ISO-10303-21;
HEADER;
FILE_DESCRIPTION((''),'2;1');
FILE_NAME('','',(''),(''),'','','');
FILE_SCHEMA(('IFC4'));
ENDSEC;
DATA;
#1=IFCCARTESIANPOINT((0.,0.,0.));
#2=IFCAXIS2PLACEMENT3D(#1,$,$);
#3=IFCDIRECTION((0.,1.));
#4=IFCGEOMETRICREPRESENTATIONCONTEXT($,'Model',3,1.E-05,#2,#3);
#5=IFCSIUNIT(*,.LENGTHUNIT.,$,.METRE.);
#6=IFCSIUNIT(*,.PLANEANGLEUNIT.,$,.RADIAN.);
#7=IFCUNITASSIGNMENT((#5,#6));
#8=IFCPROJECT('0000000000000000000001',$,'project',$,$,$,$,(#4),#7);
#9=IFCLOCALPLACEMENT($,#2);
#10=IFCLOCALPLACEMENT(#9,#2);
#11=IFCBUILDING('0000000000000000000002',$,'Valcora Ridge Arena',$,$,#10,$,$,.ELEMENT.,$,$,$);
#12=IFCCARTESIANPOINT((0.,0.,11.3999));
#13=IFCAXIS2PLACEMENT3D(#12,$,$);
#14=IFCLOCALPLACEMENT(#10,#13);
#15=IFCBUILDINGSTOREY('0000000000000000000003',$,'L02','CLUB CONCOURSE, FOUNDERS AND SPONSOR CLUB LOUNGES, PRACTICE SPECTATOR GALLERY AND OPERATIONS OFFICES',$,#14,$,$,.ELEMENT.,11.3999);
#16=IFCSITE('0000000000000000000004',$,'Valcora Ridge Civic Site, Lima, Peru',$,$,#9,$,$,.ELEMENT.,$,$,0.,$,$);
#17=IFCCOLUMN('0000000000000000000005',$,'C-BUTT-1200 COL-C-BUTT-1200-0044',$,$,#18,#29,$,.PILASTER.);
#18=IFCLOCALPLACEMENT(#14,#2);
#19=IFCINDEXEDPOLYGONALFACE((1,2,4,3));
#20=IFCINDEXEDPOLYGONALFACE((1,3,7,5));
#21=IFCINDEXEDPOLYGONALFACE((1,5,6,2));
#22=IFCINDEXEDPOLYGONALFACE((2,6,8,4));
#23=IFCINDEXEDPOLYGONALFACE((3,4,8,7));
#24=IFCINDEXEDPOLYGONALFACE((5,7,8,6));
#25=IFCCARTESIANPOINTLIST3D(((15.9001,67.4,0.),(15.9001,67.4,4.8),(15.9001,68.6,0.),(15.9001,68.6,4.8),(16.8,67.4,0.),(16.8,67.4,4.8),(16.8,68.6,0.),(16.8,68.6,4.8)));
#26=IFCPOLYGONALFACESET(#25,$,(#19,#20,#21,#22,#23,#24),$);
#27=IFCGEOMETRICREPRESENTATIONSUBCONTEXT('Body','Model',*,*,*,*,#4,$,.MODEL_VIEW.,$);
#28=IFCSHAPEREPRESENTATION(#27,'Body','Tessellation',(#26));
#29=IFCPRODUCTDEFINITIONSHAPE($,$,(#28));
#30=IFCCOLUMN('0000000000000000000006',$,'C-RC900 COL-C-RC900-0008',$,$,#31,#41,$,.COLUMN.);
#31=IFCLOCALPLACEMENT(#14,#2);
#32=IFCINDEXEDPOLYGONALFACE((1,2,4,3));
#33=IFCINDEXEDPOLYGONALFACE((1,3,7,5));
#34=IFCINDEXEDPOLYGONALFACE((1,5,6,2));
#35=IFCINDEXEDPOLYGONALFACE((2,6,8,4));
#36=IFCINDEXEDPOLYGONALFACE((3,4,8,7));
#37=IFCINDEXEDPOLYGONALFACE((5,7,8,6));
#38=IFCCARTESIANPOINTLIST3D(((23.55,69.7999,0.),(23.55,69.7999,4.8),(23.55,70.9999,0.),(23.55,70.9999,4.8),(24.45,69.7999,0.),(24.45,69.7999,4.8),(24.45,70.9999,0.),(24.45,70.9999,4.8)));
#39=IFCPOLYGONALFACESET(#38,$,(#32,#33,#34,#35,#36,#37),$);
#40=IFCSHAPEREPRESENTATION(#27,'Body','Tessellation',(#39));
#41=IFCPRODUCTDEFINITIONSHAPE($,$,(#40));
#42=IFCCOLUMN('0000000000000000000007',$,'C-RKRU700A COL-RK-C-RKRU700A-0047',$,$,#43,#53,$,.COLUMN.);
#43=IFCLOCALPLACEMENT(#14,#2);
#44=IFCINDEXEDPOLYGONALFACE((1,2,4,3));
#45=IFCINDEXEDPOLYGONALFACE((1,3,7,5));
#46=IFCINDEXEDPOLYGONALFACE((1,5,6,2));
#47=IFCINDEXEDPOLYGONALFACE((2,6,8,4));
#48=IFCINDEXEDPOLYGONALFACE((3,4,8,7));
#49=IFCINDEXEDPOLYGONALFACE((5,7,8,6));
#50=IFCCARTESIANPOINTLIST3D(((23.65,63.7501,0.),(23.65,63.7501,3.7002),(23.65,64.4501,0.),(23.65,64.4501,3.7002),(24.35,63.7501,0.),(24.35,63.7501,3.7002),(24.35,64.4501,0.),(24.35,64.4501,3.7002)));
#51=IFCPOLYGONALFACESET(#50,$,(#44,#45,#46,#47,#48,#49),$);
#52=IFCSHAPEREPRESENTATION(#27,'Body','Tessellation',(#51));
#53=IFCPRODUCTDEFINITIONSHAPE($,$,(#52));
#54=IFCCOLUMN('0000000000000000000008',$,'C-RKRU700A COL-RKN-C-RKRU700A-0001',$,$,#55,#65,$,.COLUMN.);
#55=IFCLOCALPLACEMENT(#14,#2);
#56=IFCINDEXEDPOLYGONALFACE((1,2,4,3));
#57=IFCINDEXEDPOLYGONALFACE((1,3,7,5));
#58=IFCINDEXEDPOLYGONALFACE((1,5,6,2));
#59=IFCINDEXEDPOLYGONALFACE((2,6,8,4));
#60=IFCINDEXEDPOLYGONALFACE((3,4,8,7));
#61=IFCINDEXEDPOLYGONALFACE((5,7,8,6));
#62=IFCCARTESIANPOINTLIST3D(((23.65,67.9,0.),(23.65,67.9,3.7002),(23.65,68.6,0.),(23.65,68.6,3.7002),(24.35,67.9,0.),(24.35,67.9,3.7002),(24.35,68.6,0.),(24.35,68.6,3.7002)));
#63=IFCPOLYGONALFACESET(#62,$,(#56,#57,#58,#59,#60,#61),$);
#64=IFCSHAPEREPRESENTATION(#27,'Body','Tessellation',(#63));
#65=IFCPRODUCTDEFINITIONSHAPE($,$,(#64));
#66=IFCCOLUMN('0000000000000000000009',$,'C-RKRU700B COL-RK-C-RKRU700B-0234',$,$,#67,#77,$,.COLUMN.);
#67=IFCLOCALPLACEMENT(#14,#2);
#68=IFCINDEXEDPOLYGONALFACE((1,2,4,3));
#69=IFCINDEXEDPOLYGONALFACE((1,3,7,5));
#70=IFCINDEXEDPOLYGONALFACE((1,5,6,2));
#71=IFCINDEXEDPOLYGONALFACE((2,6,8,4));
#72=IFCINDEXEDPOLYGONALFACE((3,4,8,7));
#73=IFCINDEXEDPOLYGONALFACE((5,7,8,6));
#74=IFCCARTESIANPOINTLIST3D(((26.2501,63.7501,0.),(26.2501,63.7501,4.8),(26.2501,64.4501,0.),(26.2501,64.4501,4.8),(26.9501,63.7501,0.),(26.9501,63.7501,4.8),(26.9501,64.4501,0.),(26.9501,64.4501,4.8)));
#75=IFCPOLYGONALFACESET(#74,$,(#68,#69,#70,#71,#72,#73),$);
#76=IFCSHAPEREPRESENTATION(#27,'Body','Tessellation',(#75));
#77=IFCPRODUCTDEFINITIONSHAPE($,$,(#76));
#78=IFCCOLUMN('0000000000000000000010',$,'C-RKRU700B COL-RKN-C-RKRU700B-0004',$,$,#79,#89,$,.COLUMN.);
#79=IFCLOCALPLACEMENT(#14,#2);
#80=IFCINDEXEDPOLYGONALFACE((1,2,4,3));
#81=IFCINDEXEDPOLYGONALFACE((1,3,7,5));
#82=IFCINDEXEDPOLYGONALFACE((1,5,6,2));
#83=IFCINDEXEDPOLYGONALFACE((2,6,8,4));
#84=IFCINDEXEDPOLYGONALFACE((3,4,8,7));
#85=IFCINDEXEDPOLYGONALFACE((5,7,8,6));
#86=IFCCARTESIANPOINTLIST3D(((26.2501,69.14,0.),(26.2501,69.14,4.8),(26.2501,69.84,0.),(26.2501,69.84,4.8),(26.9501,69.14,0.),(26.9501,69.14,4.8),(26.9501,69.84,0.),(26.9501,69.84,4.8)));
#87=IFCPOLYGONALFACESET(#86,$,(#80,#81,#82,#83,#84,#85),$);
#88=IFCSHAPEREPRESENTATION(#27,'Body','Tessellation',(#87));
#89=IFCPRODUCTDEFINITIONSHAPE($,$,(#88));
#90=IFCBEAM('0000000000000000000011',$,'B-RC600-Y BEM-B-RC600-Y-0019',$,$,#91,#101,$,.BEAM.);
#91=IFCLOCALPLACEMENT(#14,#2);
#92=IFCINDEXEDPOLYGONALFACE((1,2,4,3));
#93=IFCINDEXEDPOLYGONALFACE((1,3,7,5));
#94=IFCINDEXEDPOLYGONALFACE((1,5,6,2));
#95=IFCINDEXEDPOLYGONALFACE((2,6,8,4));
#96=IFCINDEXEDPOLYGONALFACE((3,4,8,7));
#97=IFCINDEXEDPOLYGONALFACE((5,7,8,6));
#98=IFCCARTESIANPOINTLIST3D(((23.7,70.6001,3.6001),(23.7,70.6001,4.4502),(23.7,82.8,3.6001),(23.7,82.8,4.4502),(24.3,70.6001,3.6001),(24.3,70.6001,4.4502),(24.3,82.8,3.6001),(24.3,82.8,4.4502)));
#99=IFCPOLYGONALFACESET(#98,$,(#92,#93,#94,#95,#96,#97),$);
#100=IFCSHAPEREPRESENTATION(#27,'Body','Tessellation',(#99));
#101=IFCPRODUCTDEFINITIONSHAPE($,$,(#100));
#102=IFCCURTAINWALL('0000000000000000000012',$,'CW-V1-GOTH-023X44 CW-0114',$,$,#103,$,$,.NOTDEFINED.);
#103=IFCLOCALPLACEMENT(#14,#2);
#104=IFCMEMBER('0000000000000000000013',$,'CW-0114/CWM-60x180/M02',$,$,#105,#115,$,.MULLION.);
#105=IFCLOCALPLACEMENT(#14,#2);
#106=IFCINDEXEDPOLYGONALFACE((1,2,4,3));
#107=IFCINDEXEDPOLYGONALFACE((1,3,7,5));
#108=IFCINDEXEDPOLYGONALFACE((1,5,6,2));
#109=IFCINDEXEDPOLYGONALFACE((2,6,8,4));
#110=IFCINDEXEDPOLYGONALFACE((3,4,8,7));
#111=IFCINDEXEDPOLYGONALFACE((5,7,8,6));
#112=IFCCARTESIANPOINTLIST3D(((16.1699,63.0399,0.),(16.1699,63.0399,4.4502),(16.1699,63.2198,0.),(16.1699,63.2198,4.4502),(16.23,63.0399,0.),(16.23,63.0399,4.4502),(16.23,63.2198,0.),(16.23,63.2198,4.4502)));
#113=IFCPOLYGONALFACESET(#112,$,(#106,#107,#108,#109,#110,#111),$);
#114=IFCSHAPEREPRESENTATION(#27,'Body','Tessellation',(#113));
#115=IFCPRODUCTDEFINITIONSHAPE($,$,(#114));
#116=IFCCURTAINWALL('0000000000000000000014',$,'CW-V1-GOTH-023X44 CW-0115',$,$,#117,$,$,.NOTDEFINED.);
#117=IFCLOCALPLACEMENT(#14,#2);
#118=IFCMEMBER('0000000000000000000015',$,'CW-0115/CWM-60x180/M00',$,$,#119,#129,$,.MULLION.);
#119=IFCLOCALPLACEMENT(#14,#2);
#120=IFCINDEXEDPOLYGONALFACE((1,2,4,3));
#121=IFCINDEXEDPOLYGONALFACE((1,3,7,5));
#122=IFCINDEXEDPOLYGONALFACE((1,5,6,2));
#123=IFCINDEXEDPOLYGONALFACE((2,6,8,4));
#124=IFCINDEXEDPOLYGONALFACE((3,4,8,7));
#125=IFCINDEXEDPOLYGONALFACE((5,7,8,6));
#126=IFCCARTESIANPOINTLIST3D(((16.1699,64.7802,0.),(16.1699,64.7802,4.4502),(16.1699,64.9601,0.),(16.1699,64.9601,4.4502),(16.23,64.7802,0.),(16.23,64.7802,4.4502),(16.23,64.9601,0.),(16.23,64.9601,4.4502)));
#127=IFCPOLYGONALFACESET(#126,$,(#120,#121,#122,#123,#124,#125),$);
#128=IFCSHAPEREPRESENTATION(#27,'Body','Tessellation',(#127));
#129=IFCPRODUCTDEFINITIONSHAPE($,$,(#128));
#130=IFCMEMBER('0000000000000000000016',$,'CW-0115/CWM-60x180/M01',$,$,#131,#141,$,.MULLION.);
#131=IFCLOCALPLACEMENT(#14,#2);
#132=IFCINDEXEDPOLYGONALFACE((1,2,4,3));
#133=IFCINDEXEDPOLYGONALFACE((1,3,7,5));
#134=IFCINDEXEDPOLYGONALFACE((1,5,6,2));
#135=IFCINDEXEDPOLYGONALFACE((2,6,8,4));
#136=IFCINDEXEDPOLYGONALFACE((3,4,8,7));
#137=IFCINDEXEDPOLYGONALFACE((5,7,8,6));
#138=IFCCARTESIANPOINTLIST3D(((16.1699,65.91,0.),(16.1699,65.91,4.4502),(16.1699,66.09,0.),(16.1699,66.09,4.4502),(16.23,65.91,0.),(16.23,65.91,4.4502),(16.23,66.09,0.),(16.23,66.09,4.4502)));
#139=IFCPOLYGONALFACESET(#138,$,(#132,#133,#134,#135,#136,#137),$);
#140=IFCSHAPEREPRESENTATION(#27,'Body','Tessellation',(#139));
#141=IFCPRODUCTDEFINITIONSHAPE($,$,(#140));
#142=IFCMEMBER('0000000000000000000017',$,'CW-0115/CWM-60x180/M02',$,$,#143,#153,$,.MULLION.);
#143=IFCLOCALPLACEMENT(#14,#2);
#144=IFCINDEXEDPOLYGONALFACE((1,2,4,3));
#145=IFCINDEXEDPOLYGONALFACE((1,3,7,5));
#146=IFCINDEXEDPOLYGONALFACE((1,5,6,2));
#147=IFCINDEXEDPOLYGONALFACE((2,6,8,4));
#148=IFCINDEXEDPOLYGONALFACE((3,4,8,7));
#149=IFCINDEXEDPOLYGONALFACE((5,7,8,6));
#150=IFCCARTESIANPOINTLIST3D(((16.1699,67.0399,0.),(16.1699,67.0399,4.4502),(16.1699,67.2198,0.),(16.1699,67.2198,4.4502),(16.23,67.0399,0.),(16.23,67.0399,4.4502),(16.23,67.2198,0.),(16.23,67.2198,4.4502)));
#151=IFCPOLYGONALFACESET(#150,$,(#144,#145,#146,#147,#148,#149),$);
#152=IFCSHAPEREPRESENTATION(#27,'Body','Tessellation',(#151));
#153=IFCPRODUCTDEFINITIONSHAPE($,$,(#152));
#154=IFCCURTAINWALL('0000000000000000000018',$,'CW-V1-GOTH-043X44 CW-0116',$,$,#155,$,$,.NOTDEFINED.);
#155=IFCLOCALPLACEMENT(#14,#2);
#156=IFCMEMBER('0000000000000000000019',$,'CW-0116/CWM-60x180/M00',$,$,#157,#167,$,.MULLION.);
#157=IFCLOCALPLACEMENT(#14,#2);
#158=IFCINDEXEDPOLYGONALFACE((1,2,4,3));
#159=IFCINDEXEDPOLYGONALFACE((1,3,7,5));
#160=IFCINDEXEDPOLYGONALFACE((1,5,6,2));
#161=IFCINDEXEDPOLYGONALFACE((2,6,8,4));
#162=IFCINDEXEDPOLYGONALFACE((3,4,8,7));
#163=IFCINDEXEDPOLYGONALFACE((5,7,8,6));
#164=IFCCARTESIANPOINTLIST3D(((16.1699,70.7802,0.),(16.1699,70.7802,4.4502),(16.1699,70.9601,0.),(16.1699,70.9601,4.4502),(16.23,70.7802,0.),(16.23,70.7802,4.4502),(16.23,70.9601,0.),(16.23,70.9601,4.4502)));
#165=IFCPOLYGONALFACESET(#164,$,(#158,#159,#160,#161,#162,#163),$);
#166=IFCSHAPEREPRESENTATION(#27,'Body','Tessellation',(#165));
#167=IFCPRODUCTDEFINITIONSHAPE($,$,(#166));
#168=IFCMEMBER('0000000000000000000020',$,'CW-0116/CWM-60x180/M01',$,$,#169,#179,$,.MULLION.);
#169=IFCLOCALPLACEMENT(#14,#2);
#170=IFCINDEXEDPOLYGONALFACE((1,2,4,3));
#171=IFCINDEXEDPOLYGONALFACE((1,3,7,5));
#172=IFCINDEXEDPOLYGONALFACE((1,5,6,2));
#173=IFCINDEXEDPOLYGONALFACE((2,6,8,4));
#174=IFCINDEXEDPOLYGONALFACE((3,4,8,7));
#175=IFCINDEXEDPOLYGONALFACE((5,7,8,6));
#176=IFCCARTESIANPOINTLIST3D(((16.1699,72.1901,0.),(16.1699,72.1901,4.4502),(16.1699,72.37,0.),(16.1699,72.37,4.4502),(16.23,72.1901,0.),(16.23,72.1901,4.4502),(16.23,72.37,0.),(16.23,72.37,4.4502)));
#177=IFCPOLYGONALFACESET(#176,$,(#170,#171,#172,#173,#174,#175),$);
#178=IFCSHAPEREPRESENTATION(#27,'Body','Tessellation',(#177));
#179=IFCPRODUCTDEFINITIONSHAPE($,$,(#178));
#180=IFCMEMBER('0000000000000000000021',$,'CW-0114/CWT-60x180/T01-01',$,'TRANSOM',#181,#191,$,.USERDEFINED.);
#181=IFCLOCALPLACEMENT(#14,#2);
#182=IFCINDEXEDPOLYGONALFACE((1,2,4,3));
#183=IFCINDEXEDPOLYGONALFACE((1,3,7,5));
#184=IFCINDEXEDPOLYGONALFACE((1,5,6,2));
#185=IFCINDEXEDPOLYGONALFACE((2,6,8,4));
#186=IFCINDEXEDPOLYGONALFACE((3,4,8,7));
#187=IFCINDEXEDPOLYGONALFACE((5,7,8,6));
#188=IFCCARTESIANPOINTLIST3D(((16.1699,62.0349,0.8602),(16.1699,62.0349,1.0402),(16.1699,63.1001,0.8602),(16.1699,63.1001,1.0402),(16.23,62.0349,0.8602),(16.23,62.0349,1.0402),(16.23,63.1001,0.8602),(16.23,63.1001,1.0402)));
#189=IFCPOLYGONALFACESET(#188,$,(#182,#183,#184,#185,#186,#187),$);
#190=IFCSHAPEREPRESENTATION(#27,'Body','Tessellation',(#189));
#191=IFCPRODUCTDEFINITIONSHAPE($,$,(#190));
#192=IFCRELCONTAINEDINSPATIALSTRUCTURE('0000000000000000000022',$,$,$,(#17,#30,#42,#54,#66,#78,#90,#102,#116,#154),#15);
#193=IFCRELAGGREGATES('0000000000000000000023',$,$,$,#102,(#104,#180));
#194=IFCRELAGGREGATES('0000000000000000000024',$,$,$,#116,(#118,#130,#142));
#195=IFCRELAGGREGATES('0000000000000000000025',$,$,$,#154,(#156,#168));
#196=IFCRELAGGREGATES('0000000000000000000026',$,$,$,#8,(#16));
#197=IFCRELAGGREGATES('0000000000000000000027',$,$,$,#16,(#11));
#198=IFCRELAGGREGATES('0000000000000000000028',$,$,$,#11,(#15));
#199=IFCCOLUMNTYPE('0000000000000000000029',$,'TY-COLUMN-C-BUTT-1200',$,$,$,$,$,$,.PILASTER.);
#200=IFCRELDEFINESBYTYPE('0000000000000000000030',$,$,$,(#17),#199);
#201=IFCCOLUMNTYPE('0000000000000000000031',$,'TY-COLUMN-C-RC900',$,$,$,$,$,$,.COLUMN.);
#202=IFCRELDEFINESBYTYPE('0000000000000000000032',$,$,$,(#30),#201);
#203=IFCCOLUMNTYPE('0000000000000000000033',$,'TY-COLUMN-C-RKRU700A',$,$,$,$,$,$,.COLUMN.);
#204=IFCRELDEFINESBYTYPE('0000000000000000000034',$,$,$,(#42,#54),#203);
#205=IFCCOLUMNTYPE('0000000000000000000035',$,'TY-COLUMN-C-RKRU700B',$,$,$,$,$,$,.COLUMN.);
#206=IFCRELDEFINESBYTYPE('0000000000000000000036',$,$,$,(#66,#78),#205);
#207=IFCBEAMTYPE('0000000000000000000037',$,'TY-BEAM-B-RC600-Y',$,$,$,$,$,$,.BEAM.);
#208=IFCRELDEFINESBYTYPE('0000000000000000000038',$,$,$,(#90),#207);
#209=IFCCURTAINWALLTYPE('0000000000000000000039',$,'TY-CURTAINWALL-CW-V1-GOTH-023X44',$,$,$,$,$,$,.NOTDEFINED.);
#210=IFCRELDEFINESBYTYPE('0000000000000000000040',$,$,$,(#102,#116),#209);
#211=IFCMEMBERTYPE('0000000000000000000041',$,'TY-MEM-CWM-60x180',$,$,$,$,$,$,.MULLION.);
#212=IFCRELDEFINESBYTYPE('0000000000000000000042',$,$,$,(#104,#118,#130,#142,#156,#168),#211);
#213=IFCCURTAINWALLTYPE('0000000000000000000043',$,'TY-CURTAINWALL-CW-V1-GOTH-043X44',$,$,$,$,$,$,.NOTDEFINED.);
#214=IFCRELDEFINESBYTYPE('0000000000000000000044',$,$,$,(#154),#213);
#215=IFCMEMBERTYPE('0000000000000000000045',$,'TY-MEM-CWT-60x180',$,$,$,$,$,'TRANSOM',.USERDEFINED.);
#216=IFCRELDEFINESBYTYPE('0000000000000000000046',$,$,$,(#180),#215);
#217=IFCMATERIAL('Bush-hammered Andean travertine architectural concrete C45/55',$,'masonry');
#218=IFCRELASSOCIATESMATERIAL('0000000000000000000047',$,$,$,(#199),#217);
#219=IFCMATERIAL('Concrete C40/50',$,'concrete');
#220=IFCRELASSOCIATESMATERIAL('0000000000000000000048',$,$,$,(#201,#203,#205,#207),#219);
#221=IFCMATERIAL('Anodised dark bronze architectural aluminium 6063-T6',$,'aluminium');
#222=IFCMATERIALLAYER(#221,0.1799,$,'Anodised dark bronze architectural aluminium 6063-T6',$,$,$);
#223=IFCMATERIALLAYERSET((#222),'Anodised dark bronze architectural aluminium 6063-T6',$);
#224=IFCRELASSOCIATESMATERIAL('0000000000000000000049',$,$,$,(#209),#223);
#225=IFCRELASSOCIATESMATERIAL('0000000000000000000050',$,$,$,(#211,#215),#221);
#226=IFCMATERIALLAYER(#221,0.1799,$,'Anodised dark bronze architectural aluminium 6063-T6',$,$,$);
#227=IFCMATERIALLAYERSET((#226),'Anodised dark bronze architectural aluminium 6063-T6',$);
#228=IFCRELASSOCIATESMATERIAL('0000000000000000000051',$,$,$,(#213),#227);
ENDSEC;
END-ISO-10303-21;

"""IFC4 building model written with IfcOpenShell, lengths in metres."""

from ifc_helpers import new_model, si_unit, direction, frame, origin, origin_2d, place, context, subcontext, project, spatial, rectangle, extrude, material, layer, layer_set, material_profile, profile_set, type_object, element, aggregate, save


model = new_model("IFC4")

# Units and contexts
model_context = context("Model", 3, precision=1e-05, world=origin(), true_north=direction((0.0, 1.0)))
body_context = subcontext(model_context, "Body", "Model", "MODEL_VIEW")
ifc_project = project(units=[si_unit("LENGTHUNIT", "METRE"), si_unit("PLANEANGLEUNIT", "RADIAN")], contexts=[model_context])

# Site, building, storey
site_placement = place(None, origin())
site = spatial("IfcSite", under=ifc_project, at=site_placement, Name="Valcora Ridge Civic Site, Lima, Peru", CompositionType="ELEMENT", RefElevation=0.0)
building_placement = place(site_placement, origin())
building = spatial("IfcBuilding", under=site, at=building_placement, Name="Valcora Ridge Arena", CompositionType="ELEMENT")
storey_placement = place(building_placement, frame((0.0, 0.0, 11.3999)))
storey = spatial("IfcBuildingStorey", under=building, at=storey_placement, Name="L02", Description="CLUB CONCOURSE, FOUNDERS AND SPONSOR CLUB LOUNGES, PRACTICE SPECTATOR GALLERY AND OPERATIONS OFFICES", CompositionType="ELEMENT", Elevation=11.3999)

# Columns
ifc_material_1 = material(Name="Bush-hammered Andean travertine architectural concrete C45/55", Category="masonry")
ifc_material_profile_1 = material_profile(ifc_material_1, rectangle(XDim=0.8999, YDim=1.2, at=origin_2d()), Name="RC 900x1200")
ifc_profile_set_1 = profile_set([ifc_material_profile_1], Name="Bush-hammered Andean travertine architectural concrete C45/55")
column_type_1 = type_object("IfcColumnType", Name="TY-COLUMN-C-BUTT-1200", PredefinedType="PILASTER", material=ifc_profile_set_1)
column_1_placement = place(storey_placement, frame((16.3501, 68.0, 0.0), z_axis=(0.0, 0.0, 1.0), x_axis=(1.0, 0.0, 0.0)))
element("IfcColumn", 1, at=column_1_placement, inside=storey, type_object=column_type_1, Name="C-BUTT-1200 COL-C-BUTT-1200-0044", PredefinedType="PILASTER", context=body_context, shape_type="SweptSolid", body=[
    extrude(rectangle(XDim=0.8999, YDim=1.2, at=origin_2d()), origin(), (0.0, 0.0, 1.0), 4.8),
])
ifc_material_2 = material(Name="Concrete C40/50", Category="concrete")
ifc_material_profile_2 = material_profile(ifc_material_2, rectangle(XDim=0.8999, YDim=1.2, at=origin_2d()), Name="RC 900x1200")
ifc_profile_set_2 = profile_set([ifc_material_profile_2], Name="Concrete C40/50")
column_type_2 = type_object("IfcColumnType", Name="TY-COLUMN-C-RC900", PredefinedType="COLUMN", material=ifc_profile_set_2)
column_2_placement = place(storey_placement, frame((24.0, 70.3999, 0.0), z_axis=(0.0, 0.0, 1.0), x_axis=(1.0, 0.0, 0.0)))
element("IfcColumn", 2, at=column_2_placement, inside=storey, type_object=column_type_2, Name="C-RC900 COL-C-RC900-0008", PredefinedType="COLUMN", context=body_context, shape_type="SweptSolid", body=[
    extrude(rectangle(XDim=0.8999, YDim=1.2, at=origin_2d()), origin(), (0.0, 0.0, 1.0), 4.8),
])
ifc_material_profile_3 = material_profile(ifc_material_2, rectangle(XDim=0.7, YDim=0.7, at=origin_2d()), Name="RC 700x700")
ifc_profile_set_3 = profile_set([ifc_material_profile_3], Name="Concrete C40/50")
column_type_3 = type_object("IfcColumnType", Name="TY-COLUMN-C-RKRU700A", PredefinedType="COLUMN", material=ifc_profile_set_3)
for number, where, z_axis, x_axis, name in (
    (3, (24.0, 64.1001, 0.0), (0.0, 0.0, 1.0), (1.0, 0.0, 0.0), "C-RKRU700A COL-RK-C-RKRU700A-0047"),
    (4, (24.0, 68.25, 0.0), (0.0, 0.0, 1.0), (1.0, 0.0, 0.0), "C-RKRU700A COL-RKN-C-RKRU700A-0001"),
):
    element("IfcColumn", number, at=place(storey_placement, frame(where, z_axis=z_axis, x_axis=x_axis)), inside=storey, type_object=column_type_3, Name=name, PredefinedType="COLUMN", context=body_context, shape_type="SweptSolid", body=[
        extrude(rectangle(XDim=0.7, YDim=0.7, at=origin_2d()), origin(), (0.0, 0.0, 1.0), 3.7002),
    ])
ifc_material_profile_4 = material_profile(ifc_material_2, rectangle(XDim=0.7, YDim=0.7, at=origin_2d()), Name="RC 700x700")
ifc_profile_set_4 = profile_set([ifc_material_profile_4], Name="Concrete C40/50")
column_type_4 = type_object("IfcColumnType", Name="TY-COLUMN-C-RKRU700B", PredefinedType="COLUMN", material=ifc_profile_set_4)
for number, where, z_axis, x_axis, name in (
    (5, (26.6001, 64.1001, 0.0), (0.0, 0.0, 1.0), (1.0, 0.0, 0.0), "C-RKRU700B COL-RK-C-RKRU700B-0234"),
    (6, (26.6001, 69.49, 0.0), (0.0, 0.0, 1.0), (1.0, 0.0, 0.0), "C-RKRU700B COL-RKN-C-RKRU700B-0004"),
):
    element("IfcColumn", number, at=place(storey_placement, frame(where, z_axis=z_axis, x_axis=x_axis)), inside=storey, type_object=column_type_4, Name=name, PredefinedType="COLUMN", context=body_context, shape_type="SweptSolid", body=[
        extrude(rectangle(XDim=0.7, YDim=0.7, at=origin_2d()), origin(), (0.0, 0.0, 1.0), 4.8),
    ])

# Beam
ifc_material_profile_5 = material_profile(ifc_material_2, rectangle(XDim=0.6001, YDim=0.8501, at=origin_2d()), Name="RC 600x850")
ifc_profile_set_5 = profile_set([ifc_material_profile_5], Name="Concrete C40/50")
beam_type = type_object("IfcBeamType", Name="TY-BEAM-B-RC600-Y", PredefinedType="BEAM", material=ifc_profile_set_5)
beam_placement = place(storey_placement, frame((24.0, 70.6001, 4.0251), z_axis=(0.0, 1.0, 0.0), x_axis=(-1.0, 0.0, 0.0)))
element("IfcBeam", 7, at=beam_placement, inside=storey, type_object=beam_type, Name="B-RC600-Y BEM-B-RC600-Y-0019", PredefinedType="BEAM", context=body_context, shape_type="SweptSolid", body=[
    extrude(rectangle(XDim=0.6001, YDim=0.8501, at=origin_2d()), origin(), (0.0, 0.0, 1.0), 12.2),
])

# Curtain wall, member
ifc_material_3 = material(Name="Anodised dark bronze architectural aluminium 6063-T6", Category="aluminium")
ifc_layer_1 = layer(ifc_material_3, 0.1799, Name="Anodised dark bronze architectural aluminium 6063-T6")
ifc_layer_set_1 = layer_set([ifc_layer_1], Name="Anodised dark bronze architectural aluminium 6063-T6")
curtain_wall_type_1 = type_object("IfcCurtainWallType", Name="TY-CURTAINWALL-CW-V1-GOTH-023X44", PredefinedType="NOTDEFINED", material=ifc_layer_set_1)
curtain_wall_1_placement = place(storey_placement, origin())
curtain_wall_1 = element("IfcCurtainWall", 8, at=curtain_wall_1_placement, inside=storey, type_object=curtain_wall_type_1, Name="CW-V1-GOTH-023X44 CW-0114", PredefinedType="NOTDEFINED")
ifc_material_profile_6 = material_profile(ifc_material_3, rectangle(XDim=0.0601, YDim=0.1799, at=origin_2d()), Name="ALU MULLION 60x180")
ifc_profile_set_6 = profile_set([ifc_material_profile_6], Name="Anodised dark bronze architectural aluminium 6063-T6")
member_type_1 = type_object("IfcMemberType", Name="TY-MEM-CWM-60x180", PredefinedType="MULLION", material=ifc_profile_set_6)
member_1_placement = place(storey_placement, frame((16.2, 63.1299, 0.0), z_axis=(0.0, 0.0, 1.0), x_axis=(-1.0, 0.0, 0.0)))
member_1 = element("IfcMember", 9, at=member_1_placement, type_object=member_type_1, Name="CW-0114/CWM-60x180/M02", PredefinedType="MULLION", context=body_context, shape_type="SweptSolid", body=[
    extrude(rectangle(XDim=0.0601, YDim=0.1799, at=origin_2d()), origin(), (0.0, 0.0, 1.0), 4.4502),
])

# Curtain walls, members
curtain_wall_2_placement = place(storey_placement, origin())
curtain_wall_2 = element("IfcCurtainWall", 10, at=curtain_wall_2_placement, inside=storey, type_object=curtain_wall_type_1, Name="CW-V1-GOTH-023X44 CW-0115", PredefinedType="NOTDEFINED")
member_2_placement = place(storey_placement, frame((16.2, 64.8701, 0.0), z_axis=(0.0, 0.0, 1.0), x_axis=(-1.0, 0.0, 0.0)))
member_2 = element("IfcMember", 11, at=member_2_placement, type_object=member_type_1, Name="CW-0115/CWM-60x180/M00", PredefinedType="MULLION", context=body_context, shape_type="SweptSolid", body=[
    extrude(rectangle(XDim=0.0601, YDim=0.1799, at=origin_2d()), origin(), (0.0, 0.0, 1.0), 4.4502),
])
member_3_placement = place(storey_placement, frame((16.2, 66.0, 0.0), z_axis=(0.0, 0.0, 1.0), x_axis=(-1.0, 0.0, 0.0)))
member_3 = element("IfcMember", 12, at=member_3_placement, type_object=member_type_1, Name="CW-0115/CWM-60x180/M01", PredefinedType="MULLION", context=body_context, shape_type="SweptSolid", body=[
    extrude(rectangle(XDim=0.0601, YDim=0.1799, at=origin_2d()), origin(), (0.0, 0.0, 1.0), 4.4502),
])
member_4_placement = place(storey_placement, frame((16.2, 67.1299, 0.0), z_axis=(0.0, 0.0, 1.0), x_axis=(-1.0, 0.0, 0.0)))
member_4 = element("IfcMember", 13, at=member_4_placement, type_object=member_type_1, Name="CW-0115/CWM-60x180/M02", PredefinedType="MULLION", context=body_context, shape_type="SweptSolid", body=[
    extrude(rectangle(XDim=0.0601, YDim=0.1799, at=origin_2d()), origin(), (0.0, 0.0, 1.0), 4.4502),
])
ifc_layer_2 = layer(ifc_material_3, 0.1799, Name="Anodised dark bronze architectural aluminium 6063-T6")
ifc_layer_set_2 = layer_set([ifc_layer_2], Name="Anodised dark bronze architectural aluminium 6063-T6")
curtain_wall_type_2 = type_object("IfcCurtainWallType", Name="TY-CURTAINWALL-CW-V1-GOTH-043X44", PredefinedType="NOTDEFINED", material=ifc_layer_set_2)
curtain_wall_3_placement = place(storey_placement, origin())
curtain_wall_3 = element("IfcCurtainWall", 14, at=curtain_wall_3_placement, inside=storey, type_object=curtain_wall_type_2, Name="CW-V1-GOTH-043X44 CW-0116", PredefinedType="NOTDEFINED")
member_5_placement = place(storey_placement, frame((16.2, 70.8701, 0.0), z_axis=(0.0, 0.0, 1.0), x_axis=(-1.0, 0.0, 0.0)))
member_5 = element("IfcMember", 15, at=member_5_placement, type_object=member_type_1, Name="CW-0116/CWM-60x180/M00", PredefinedType="MULLION", context=body_context, shape_type="SweptSolid", body=[
    extrude(rectangle(XDim=0.0601, YDim=0.1799, at=origin_2d()), origin(), (0.0, 0.0, 1.0), 4.4502),
])
member_6_placement = place(storey_placement, frame((16.2, 72.28, 0.0), z_axis=(0.0, 0.0, 1.0), x_axis=(-1.0, 0.0, 0.0)))
member_6 = element("IfcMember", 16, at=member_6_placement, type_object=member_type_1, Name="CW-0116/CWM-60x180/M01", PredefinedType="MULLION", context=body_context, shape_type="SweptSolid", body=[
    extrude(rectangle(XDim=0.0601, YDim=0.1799, at=origin_2d()), origin(), (0.0, 0.0, 1.0), 4.4502),
])

# Member
ifc_material_profile_7 = material_profile(ifc_material_3, rectangle(XDim=0.0601, YDim=0.1799, at=origin_2d()), Name="ALU TRANSOM 60x180")
ifc_profile_set_7 = profile_set([ifc_material_profile_7], Name="Anodised dark bronze architectural aluminium 6063-T6")
member_type_2 = type_object("IfcMemberType", Name="TY-MEM-CWT-60x180", ElementType="TRANSOM", PredefinedType="USERDEFINED", material=ifc_profile_set_7)
member_7_placement = place(storey_placement, frame((16.2, 62.0349, 0.9502), z_axis=(0.0, 1.0, 0.0), x_axis=(-1.0, 0.0, 0.0)))
member_7 = element("IfcMember", 17, at=member_7_placement, type_object=member_type_2, Name="CW-0114/CWT-60x180/T01-01", ObjectType="TRANSOM", PredefinedType="USERDEFINED", context=body_context, shape_type="SweptSolid", body=[
    extrude(rectangle(XDim=0.0601, YDim=0.1799, at=origin_2d()), origin(), (0.0, 0.0, 1.0), 1.0652),
])

aggregate(curtain_wall_1, [member_1, member_7])
aggregate(curtain_wall_2, [member_2, member_3, member_4])
aggregate(curtain_wall_3, [member_5, member_6])

save(model, "model.ifc")
